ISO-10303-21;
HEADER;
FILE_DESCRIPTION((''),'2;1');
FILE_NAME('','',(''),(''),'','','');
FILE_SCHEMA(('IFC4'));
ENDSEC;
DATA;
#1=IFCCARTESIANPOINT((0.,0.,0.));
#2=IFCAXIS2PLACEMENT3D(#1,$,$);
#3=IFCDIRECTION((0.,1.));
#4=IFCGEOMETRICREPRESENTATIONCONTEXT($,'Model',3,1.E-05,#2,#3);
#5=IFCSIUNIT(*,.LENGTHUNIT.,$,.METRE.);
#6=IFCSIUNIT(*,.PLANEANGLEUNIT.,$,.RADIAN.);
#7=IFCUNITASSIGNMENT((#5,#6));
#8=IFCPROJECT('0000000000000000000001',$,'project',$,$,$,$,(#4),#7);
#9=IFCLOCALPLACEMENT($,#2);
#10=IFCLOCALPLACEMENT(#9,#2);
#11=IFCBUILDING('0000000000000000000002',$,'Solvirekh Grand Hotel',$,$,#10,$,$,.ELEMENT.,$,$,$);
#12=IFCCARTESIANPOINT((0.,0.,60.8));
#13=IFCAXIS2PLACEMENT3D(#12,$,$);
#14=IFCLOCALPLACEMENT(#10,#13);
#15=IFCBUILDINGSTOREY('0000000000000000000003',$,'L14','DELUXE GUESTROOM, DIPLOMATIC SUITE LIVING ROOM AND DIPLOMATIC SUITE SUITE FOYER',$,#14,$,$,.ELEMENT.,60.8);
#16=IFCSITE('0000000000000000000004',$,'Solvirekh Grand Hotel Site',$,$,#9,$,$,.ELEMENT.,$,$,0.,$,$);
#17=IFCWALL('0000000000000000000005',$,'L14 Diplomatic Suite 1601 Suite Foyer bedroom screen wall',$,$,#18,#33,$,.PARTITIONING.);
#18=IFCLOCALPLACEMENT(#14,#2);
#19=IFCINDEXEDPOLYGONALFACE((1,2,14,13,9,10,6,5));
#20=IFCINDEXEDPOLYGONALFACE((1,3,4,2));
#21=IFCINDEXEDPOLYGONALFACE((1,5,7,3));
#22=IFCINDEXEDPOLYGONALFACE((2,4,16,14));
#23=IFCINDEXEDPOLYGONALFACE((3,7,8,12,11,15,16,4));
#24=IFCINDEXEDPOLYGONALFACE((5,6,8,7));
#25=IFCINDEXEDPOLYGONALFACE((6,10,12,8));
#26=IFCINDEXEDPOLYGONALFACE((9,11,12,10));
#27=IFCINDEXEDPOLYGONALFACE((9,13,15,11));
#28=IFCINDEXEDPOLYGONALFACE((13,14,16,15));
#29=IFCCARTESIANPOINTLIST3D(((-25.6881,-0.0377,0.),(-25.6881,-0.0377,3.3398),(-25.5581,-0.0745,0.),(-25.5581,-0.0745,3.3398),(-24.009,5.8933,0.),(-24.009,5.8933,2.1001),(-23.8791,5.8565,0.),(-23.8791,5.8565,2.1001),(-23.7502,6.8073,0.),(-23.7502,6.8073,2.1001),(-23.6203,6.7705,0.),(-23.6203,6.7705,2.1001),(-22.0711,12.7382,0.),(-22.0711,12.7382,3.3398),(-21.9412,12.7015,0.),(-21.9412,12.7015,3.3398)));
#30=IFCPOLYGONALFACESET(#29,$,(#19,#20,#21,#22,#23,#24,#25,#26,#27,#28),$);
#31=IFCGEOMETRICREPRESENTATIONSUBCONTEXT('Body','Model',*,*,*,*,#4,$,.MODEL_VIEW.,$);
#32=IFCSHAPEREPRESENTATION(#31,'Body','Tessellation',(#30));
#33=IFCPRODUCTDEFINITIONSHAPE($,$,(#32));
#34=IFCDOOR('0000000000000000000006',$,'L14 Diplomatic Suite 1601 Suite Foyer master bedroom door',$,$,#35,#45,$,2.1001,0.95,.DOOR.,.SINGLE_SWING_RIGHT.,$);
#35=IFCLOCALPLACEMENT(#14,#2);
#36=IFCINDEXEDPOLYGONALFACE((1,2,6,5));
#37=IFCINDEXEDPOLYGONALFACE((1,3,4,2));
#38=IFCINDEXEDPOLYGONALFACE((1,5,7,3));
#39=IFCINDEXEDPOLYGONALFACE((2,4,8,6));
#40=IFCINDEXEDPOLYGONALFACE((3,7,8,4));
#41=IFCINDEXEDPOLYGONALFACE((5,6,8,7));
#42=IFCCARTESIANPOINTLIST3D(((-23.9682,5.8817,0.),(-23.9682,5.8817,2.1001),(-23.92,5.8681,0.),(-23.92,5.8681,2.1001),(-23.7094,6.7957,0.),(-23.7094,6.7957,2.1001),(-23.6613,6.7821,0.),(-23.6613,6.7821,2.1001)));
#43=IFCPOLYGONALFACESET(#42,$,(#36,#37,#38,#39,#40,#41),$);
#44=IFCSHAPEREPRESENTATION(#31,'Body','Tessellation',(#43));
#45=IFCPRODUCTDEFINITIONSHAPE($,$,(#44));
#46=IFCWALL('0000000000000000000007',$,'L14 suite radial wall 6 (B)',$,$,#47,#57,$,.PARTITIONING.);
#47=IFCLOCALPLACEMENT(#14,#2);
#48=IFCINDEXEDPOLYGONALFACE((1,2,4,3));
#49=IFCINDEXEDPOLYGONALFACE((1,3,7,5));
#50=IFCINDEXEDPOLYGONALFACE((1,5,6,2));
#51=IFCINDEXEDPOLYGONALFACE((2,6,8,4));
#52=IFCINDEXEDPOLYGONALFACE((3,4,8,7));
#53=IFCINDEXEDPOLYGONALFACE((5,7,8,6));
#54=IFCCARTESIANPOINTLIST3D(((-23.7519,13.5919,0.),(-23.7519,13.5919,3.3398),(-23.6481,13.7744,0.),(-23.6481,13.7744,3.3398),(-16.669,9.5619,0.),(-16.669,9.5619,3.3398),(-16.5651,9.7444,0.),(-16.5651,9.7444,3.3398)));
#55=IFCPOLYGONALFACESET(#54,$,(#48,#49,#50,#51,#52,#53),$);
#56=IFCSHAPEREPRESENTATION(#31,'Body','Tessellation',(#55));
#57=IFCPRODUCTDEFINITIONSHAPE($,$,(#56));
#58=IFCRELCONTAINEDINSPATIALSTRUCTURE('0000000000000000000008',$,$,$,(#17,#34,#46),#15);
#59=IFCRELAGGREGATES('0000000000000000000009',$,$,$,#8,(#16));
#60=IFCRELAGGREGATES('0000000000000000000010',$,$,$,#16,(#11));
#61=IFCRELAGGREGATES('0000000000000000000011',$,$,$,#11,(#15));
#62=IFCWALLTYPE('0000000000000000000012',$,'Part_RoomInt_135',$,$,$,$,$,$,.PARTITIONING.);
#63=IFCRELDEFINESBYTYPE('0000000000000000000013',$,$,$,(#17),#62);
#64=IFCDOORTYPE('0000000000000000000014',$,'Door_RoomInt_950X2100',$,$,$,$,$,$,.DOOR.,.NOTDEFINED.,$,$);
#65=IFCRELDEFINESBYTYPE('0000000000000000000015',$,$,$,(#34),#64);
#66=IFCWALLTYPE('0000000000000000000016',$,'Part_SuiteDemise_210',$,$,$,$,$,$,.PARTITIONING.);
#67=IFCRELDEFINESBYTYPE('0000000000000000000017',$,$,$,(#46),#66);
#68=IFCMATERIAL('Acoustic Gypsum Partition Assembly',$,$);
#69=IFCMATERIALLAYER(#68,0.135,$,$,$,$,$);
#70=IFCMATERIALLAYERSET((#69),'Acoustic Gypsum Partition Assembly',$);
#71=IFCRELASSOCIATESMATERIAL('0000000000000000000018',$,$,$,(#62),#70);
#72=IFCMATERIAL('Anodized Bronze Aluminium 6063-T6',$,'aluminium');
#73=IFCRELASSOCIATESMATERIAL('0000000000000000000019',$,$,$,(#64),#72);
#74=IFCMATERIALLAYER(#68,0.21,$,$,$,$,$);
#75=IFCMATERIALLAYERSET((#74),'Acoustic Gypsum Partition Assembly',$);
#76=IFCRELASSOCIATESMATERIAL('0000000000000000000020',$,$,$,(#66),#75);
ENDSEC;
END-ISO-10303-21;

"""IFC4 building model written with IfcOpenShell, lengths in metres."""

from ifc_helpers import new_model, si_unit, direction, frame, frame_2d, origin, place, context, subcontext, project, spatial, rectangle, extrude, material, layer, layer_set, type_object, element, fill, save


model = new_model("IFC4")

# Units and contexts
model_context = context("Model", 3, precision=1e-05, world=origin(), true_north=direction((0.0, 1.0)))
body_context = subcontext(model_context, "Body", "Model", "MODEL_VIEW")
ifc_project = project(units=[si_unit("LENGTHUNIT", "METRE"), si_unit("PLANEANGLEUNIT", "RADIAN")], contexts=[model_context])

# Site, building, storey
site_placement = place(None, origin())
site = spatial("IfcSite", under=ifc_project, at=site_placement, Name="Solvirekh Grand Hotel Site", CompositionType="ELEMENT", RefElevation=0.0)
building_placement = place(site_placement, origin())
building = spatial("IfcBuilding", under=site, at=building_placement, Name="Solvirekh Grand Hotel", CompositionType="ELEMENT")
storey_placement = place(building_placement, frame((0.0, 0.0, 60.8)))
storey = spatial("IfcBuildingStorey", under=building, at=storey_placement, Name="L14", Description="DELUXE GUESTROOM, DIPLOMATIC SUITE LIVING ROOM AND DIPLOMATIC SUITE SUITE FOYER", CompositionType="ELEMENT", Elevation=60.8)

# Shared definitions
ifc_material_1 = material(Name="Anodized Bronze Aluminium 6063-T6", Category="aluminium")

# Wall, opening, door
ifc_material_2 = material(Name="Acoustic Gypsum Partition Assembly")
ifc_layer_1 = layer(ifc_material_2, 0.135)
ifc_layer_set_1 = layer_set([ifc_layer_1], Name="Acoustic Gypsum Partition Assembly")
wall_type_1 = type_object("IfcWallType", Name="Part_RoomInt_135", PredefinedType="PARTITIONING", material=ifc_layer_set_1)
wall_1_placement = place(storey_placement, frame((-22.0061, 12.72, 0.0), z_axis=(0.0, 0.0, 1.0), x_axis=(-0.272401, -0.962184, 0.0)))
wall_1 = element("IfcWall", 1, at=wall_1_placement, inside=storey, type_object=wall_type_1, Name="L14 Diplomatic Suite 1601 Suite Foyer bedroom screen wall", PredefinedType="PARTITIONING", context=body_context, shape_type="SweptSolid", body=[
    extrude(rectangle(XDim=13.2781, YDim=0.135, at=frame_2d((6.6392, 0.0))), origin(), (0.0, 0.0, 1.0), 3.3398),
])
opening_1_placement = place(wall_1_placement, frame((6.1641, 0.0, 0.0)))
opening_1 = element("IfcOpeningElement", 2, at=opening_1_placement, cuts=wall_1, PredefinedType="OPENING", context=body_context, shape_type="SweptSolid", body=[
    extrude(rectangle(XDim=0.95, YDim=2.1001, at=frame_2d((0.4751, 1.05))), frame((0.0, 0.0776, 0.0), z_axis=(0.0, -1.0, 0.0), x_axis=(1.0, 0.0, 0.0)), (0.0, 0.0, 1.0), 0.155),
])
door_type = type_object("IfcDoorType", Name="Door_RoomInt_950X2100", OperationType="NOTDEFINED", PredefinedType="DOOR", material=ifc_material_1)
door_placement = place(opening_1_placement, origin())
door = element("IfcDoor", 3, at=door_placement, inside=storey, type_object=door_type, Name="L14 Diplomatic Suite 1601 Suite Foyer master bedroom door", OperationType="SINGLE_SWING_RIGHT", OverallHeight=2.1001, OverallWidth=0.95, PredefinedType="DOOR", context=body_context, shape_type="SweptSolid", body=[
    extrude(rectangle(XDim=0.95, YDim=2.1001, at=frame_2d((0.4751, 1.05))), frame((0.0, 0.0249, 0.0), z_axis=(0.0, -1.0, 0.0), x_axis=(1.0, 0.0, 0.0)), (0.0, 0.0, 1.0), 0.05),
])
fill(opening_1, door)

# Wall
ifc_layer_2 = layer(ifc_material_2, 0.21)
ifc_layer_set_2 = layer_set([ifc_layer_2], Name="Acoustic Gypsum Partition Assembly")
wall_type_2 = type_object("IfcWallType", Name="Part_SuiteDemise_210", PredefinedType="PARTITIONING", material=ifc_layer_set_2)
wall_2_placement = place(storey_placement, frame((-16.6169, 9.6531, 0.0), z_axis=(0.0, 0.0, 1.0), x_axis=(-0.869162, 0.494528, 0.0)))
element("IfcWall", 4, at=wall_2_placement, inside=storey, type_object=wall_type_2, Name="L14 suite radial wall 6 (B)", PredefinedType="PARTITIONING", context=body_context, shape_type="SweptSolid", body=[
    extrude(rectangle(XDim=8.1492, YDim=0.21, at=frame_2d((4.0747, 0.0))), origin(), (0.0, 0.0, 1.0), 3.3398),
])

save(model, "model.ifc")
